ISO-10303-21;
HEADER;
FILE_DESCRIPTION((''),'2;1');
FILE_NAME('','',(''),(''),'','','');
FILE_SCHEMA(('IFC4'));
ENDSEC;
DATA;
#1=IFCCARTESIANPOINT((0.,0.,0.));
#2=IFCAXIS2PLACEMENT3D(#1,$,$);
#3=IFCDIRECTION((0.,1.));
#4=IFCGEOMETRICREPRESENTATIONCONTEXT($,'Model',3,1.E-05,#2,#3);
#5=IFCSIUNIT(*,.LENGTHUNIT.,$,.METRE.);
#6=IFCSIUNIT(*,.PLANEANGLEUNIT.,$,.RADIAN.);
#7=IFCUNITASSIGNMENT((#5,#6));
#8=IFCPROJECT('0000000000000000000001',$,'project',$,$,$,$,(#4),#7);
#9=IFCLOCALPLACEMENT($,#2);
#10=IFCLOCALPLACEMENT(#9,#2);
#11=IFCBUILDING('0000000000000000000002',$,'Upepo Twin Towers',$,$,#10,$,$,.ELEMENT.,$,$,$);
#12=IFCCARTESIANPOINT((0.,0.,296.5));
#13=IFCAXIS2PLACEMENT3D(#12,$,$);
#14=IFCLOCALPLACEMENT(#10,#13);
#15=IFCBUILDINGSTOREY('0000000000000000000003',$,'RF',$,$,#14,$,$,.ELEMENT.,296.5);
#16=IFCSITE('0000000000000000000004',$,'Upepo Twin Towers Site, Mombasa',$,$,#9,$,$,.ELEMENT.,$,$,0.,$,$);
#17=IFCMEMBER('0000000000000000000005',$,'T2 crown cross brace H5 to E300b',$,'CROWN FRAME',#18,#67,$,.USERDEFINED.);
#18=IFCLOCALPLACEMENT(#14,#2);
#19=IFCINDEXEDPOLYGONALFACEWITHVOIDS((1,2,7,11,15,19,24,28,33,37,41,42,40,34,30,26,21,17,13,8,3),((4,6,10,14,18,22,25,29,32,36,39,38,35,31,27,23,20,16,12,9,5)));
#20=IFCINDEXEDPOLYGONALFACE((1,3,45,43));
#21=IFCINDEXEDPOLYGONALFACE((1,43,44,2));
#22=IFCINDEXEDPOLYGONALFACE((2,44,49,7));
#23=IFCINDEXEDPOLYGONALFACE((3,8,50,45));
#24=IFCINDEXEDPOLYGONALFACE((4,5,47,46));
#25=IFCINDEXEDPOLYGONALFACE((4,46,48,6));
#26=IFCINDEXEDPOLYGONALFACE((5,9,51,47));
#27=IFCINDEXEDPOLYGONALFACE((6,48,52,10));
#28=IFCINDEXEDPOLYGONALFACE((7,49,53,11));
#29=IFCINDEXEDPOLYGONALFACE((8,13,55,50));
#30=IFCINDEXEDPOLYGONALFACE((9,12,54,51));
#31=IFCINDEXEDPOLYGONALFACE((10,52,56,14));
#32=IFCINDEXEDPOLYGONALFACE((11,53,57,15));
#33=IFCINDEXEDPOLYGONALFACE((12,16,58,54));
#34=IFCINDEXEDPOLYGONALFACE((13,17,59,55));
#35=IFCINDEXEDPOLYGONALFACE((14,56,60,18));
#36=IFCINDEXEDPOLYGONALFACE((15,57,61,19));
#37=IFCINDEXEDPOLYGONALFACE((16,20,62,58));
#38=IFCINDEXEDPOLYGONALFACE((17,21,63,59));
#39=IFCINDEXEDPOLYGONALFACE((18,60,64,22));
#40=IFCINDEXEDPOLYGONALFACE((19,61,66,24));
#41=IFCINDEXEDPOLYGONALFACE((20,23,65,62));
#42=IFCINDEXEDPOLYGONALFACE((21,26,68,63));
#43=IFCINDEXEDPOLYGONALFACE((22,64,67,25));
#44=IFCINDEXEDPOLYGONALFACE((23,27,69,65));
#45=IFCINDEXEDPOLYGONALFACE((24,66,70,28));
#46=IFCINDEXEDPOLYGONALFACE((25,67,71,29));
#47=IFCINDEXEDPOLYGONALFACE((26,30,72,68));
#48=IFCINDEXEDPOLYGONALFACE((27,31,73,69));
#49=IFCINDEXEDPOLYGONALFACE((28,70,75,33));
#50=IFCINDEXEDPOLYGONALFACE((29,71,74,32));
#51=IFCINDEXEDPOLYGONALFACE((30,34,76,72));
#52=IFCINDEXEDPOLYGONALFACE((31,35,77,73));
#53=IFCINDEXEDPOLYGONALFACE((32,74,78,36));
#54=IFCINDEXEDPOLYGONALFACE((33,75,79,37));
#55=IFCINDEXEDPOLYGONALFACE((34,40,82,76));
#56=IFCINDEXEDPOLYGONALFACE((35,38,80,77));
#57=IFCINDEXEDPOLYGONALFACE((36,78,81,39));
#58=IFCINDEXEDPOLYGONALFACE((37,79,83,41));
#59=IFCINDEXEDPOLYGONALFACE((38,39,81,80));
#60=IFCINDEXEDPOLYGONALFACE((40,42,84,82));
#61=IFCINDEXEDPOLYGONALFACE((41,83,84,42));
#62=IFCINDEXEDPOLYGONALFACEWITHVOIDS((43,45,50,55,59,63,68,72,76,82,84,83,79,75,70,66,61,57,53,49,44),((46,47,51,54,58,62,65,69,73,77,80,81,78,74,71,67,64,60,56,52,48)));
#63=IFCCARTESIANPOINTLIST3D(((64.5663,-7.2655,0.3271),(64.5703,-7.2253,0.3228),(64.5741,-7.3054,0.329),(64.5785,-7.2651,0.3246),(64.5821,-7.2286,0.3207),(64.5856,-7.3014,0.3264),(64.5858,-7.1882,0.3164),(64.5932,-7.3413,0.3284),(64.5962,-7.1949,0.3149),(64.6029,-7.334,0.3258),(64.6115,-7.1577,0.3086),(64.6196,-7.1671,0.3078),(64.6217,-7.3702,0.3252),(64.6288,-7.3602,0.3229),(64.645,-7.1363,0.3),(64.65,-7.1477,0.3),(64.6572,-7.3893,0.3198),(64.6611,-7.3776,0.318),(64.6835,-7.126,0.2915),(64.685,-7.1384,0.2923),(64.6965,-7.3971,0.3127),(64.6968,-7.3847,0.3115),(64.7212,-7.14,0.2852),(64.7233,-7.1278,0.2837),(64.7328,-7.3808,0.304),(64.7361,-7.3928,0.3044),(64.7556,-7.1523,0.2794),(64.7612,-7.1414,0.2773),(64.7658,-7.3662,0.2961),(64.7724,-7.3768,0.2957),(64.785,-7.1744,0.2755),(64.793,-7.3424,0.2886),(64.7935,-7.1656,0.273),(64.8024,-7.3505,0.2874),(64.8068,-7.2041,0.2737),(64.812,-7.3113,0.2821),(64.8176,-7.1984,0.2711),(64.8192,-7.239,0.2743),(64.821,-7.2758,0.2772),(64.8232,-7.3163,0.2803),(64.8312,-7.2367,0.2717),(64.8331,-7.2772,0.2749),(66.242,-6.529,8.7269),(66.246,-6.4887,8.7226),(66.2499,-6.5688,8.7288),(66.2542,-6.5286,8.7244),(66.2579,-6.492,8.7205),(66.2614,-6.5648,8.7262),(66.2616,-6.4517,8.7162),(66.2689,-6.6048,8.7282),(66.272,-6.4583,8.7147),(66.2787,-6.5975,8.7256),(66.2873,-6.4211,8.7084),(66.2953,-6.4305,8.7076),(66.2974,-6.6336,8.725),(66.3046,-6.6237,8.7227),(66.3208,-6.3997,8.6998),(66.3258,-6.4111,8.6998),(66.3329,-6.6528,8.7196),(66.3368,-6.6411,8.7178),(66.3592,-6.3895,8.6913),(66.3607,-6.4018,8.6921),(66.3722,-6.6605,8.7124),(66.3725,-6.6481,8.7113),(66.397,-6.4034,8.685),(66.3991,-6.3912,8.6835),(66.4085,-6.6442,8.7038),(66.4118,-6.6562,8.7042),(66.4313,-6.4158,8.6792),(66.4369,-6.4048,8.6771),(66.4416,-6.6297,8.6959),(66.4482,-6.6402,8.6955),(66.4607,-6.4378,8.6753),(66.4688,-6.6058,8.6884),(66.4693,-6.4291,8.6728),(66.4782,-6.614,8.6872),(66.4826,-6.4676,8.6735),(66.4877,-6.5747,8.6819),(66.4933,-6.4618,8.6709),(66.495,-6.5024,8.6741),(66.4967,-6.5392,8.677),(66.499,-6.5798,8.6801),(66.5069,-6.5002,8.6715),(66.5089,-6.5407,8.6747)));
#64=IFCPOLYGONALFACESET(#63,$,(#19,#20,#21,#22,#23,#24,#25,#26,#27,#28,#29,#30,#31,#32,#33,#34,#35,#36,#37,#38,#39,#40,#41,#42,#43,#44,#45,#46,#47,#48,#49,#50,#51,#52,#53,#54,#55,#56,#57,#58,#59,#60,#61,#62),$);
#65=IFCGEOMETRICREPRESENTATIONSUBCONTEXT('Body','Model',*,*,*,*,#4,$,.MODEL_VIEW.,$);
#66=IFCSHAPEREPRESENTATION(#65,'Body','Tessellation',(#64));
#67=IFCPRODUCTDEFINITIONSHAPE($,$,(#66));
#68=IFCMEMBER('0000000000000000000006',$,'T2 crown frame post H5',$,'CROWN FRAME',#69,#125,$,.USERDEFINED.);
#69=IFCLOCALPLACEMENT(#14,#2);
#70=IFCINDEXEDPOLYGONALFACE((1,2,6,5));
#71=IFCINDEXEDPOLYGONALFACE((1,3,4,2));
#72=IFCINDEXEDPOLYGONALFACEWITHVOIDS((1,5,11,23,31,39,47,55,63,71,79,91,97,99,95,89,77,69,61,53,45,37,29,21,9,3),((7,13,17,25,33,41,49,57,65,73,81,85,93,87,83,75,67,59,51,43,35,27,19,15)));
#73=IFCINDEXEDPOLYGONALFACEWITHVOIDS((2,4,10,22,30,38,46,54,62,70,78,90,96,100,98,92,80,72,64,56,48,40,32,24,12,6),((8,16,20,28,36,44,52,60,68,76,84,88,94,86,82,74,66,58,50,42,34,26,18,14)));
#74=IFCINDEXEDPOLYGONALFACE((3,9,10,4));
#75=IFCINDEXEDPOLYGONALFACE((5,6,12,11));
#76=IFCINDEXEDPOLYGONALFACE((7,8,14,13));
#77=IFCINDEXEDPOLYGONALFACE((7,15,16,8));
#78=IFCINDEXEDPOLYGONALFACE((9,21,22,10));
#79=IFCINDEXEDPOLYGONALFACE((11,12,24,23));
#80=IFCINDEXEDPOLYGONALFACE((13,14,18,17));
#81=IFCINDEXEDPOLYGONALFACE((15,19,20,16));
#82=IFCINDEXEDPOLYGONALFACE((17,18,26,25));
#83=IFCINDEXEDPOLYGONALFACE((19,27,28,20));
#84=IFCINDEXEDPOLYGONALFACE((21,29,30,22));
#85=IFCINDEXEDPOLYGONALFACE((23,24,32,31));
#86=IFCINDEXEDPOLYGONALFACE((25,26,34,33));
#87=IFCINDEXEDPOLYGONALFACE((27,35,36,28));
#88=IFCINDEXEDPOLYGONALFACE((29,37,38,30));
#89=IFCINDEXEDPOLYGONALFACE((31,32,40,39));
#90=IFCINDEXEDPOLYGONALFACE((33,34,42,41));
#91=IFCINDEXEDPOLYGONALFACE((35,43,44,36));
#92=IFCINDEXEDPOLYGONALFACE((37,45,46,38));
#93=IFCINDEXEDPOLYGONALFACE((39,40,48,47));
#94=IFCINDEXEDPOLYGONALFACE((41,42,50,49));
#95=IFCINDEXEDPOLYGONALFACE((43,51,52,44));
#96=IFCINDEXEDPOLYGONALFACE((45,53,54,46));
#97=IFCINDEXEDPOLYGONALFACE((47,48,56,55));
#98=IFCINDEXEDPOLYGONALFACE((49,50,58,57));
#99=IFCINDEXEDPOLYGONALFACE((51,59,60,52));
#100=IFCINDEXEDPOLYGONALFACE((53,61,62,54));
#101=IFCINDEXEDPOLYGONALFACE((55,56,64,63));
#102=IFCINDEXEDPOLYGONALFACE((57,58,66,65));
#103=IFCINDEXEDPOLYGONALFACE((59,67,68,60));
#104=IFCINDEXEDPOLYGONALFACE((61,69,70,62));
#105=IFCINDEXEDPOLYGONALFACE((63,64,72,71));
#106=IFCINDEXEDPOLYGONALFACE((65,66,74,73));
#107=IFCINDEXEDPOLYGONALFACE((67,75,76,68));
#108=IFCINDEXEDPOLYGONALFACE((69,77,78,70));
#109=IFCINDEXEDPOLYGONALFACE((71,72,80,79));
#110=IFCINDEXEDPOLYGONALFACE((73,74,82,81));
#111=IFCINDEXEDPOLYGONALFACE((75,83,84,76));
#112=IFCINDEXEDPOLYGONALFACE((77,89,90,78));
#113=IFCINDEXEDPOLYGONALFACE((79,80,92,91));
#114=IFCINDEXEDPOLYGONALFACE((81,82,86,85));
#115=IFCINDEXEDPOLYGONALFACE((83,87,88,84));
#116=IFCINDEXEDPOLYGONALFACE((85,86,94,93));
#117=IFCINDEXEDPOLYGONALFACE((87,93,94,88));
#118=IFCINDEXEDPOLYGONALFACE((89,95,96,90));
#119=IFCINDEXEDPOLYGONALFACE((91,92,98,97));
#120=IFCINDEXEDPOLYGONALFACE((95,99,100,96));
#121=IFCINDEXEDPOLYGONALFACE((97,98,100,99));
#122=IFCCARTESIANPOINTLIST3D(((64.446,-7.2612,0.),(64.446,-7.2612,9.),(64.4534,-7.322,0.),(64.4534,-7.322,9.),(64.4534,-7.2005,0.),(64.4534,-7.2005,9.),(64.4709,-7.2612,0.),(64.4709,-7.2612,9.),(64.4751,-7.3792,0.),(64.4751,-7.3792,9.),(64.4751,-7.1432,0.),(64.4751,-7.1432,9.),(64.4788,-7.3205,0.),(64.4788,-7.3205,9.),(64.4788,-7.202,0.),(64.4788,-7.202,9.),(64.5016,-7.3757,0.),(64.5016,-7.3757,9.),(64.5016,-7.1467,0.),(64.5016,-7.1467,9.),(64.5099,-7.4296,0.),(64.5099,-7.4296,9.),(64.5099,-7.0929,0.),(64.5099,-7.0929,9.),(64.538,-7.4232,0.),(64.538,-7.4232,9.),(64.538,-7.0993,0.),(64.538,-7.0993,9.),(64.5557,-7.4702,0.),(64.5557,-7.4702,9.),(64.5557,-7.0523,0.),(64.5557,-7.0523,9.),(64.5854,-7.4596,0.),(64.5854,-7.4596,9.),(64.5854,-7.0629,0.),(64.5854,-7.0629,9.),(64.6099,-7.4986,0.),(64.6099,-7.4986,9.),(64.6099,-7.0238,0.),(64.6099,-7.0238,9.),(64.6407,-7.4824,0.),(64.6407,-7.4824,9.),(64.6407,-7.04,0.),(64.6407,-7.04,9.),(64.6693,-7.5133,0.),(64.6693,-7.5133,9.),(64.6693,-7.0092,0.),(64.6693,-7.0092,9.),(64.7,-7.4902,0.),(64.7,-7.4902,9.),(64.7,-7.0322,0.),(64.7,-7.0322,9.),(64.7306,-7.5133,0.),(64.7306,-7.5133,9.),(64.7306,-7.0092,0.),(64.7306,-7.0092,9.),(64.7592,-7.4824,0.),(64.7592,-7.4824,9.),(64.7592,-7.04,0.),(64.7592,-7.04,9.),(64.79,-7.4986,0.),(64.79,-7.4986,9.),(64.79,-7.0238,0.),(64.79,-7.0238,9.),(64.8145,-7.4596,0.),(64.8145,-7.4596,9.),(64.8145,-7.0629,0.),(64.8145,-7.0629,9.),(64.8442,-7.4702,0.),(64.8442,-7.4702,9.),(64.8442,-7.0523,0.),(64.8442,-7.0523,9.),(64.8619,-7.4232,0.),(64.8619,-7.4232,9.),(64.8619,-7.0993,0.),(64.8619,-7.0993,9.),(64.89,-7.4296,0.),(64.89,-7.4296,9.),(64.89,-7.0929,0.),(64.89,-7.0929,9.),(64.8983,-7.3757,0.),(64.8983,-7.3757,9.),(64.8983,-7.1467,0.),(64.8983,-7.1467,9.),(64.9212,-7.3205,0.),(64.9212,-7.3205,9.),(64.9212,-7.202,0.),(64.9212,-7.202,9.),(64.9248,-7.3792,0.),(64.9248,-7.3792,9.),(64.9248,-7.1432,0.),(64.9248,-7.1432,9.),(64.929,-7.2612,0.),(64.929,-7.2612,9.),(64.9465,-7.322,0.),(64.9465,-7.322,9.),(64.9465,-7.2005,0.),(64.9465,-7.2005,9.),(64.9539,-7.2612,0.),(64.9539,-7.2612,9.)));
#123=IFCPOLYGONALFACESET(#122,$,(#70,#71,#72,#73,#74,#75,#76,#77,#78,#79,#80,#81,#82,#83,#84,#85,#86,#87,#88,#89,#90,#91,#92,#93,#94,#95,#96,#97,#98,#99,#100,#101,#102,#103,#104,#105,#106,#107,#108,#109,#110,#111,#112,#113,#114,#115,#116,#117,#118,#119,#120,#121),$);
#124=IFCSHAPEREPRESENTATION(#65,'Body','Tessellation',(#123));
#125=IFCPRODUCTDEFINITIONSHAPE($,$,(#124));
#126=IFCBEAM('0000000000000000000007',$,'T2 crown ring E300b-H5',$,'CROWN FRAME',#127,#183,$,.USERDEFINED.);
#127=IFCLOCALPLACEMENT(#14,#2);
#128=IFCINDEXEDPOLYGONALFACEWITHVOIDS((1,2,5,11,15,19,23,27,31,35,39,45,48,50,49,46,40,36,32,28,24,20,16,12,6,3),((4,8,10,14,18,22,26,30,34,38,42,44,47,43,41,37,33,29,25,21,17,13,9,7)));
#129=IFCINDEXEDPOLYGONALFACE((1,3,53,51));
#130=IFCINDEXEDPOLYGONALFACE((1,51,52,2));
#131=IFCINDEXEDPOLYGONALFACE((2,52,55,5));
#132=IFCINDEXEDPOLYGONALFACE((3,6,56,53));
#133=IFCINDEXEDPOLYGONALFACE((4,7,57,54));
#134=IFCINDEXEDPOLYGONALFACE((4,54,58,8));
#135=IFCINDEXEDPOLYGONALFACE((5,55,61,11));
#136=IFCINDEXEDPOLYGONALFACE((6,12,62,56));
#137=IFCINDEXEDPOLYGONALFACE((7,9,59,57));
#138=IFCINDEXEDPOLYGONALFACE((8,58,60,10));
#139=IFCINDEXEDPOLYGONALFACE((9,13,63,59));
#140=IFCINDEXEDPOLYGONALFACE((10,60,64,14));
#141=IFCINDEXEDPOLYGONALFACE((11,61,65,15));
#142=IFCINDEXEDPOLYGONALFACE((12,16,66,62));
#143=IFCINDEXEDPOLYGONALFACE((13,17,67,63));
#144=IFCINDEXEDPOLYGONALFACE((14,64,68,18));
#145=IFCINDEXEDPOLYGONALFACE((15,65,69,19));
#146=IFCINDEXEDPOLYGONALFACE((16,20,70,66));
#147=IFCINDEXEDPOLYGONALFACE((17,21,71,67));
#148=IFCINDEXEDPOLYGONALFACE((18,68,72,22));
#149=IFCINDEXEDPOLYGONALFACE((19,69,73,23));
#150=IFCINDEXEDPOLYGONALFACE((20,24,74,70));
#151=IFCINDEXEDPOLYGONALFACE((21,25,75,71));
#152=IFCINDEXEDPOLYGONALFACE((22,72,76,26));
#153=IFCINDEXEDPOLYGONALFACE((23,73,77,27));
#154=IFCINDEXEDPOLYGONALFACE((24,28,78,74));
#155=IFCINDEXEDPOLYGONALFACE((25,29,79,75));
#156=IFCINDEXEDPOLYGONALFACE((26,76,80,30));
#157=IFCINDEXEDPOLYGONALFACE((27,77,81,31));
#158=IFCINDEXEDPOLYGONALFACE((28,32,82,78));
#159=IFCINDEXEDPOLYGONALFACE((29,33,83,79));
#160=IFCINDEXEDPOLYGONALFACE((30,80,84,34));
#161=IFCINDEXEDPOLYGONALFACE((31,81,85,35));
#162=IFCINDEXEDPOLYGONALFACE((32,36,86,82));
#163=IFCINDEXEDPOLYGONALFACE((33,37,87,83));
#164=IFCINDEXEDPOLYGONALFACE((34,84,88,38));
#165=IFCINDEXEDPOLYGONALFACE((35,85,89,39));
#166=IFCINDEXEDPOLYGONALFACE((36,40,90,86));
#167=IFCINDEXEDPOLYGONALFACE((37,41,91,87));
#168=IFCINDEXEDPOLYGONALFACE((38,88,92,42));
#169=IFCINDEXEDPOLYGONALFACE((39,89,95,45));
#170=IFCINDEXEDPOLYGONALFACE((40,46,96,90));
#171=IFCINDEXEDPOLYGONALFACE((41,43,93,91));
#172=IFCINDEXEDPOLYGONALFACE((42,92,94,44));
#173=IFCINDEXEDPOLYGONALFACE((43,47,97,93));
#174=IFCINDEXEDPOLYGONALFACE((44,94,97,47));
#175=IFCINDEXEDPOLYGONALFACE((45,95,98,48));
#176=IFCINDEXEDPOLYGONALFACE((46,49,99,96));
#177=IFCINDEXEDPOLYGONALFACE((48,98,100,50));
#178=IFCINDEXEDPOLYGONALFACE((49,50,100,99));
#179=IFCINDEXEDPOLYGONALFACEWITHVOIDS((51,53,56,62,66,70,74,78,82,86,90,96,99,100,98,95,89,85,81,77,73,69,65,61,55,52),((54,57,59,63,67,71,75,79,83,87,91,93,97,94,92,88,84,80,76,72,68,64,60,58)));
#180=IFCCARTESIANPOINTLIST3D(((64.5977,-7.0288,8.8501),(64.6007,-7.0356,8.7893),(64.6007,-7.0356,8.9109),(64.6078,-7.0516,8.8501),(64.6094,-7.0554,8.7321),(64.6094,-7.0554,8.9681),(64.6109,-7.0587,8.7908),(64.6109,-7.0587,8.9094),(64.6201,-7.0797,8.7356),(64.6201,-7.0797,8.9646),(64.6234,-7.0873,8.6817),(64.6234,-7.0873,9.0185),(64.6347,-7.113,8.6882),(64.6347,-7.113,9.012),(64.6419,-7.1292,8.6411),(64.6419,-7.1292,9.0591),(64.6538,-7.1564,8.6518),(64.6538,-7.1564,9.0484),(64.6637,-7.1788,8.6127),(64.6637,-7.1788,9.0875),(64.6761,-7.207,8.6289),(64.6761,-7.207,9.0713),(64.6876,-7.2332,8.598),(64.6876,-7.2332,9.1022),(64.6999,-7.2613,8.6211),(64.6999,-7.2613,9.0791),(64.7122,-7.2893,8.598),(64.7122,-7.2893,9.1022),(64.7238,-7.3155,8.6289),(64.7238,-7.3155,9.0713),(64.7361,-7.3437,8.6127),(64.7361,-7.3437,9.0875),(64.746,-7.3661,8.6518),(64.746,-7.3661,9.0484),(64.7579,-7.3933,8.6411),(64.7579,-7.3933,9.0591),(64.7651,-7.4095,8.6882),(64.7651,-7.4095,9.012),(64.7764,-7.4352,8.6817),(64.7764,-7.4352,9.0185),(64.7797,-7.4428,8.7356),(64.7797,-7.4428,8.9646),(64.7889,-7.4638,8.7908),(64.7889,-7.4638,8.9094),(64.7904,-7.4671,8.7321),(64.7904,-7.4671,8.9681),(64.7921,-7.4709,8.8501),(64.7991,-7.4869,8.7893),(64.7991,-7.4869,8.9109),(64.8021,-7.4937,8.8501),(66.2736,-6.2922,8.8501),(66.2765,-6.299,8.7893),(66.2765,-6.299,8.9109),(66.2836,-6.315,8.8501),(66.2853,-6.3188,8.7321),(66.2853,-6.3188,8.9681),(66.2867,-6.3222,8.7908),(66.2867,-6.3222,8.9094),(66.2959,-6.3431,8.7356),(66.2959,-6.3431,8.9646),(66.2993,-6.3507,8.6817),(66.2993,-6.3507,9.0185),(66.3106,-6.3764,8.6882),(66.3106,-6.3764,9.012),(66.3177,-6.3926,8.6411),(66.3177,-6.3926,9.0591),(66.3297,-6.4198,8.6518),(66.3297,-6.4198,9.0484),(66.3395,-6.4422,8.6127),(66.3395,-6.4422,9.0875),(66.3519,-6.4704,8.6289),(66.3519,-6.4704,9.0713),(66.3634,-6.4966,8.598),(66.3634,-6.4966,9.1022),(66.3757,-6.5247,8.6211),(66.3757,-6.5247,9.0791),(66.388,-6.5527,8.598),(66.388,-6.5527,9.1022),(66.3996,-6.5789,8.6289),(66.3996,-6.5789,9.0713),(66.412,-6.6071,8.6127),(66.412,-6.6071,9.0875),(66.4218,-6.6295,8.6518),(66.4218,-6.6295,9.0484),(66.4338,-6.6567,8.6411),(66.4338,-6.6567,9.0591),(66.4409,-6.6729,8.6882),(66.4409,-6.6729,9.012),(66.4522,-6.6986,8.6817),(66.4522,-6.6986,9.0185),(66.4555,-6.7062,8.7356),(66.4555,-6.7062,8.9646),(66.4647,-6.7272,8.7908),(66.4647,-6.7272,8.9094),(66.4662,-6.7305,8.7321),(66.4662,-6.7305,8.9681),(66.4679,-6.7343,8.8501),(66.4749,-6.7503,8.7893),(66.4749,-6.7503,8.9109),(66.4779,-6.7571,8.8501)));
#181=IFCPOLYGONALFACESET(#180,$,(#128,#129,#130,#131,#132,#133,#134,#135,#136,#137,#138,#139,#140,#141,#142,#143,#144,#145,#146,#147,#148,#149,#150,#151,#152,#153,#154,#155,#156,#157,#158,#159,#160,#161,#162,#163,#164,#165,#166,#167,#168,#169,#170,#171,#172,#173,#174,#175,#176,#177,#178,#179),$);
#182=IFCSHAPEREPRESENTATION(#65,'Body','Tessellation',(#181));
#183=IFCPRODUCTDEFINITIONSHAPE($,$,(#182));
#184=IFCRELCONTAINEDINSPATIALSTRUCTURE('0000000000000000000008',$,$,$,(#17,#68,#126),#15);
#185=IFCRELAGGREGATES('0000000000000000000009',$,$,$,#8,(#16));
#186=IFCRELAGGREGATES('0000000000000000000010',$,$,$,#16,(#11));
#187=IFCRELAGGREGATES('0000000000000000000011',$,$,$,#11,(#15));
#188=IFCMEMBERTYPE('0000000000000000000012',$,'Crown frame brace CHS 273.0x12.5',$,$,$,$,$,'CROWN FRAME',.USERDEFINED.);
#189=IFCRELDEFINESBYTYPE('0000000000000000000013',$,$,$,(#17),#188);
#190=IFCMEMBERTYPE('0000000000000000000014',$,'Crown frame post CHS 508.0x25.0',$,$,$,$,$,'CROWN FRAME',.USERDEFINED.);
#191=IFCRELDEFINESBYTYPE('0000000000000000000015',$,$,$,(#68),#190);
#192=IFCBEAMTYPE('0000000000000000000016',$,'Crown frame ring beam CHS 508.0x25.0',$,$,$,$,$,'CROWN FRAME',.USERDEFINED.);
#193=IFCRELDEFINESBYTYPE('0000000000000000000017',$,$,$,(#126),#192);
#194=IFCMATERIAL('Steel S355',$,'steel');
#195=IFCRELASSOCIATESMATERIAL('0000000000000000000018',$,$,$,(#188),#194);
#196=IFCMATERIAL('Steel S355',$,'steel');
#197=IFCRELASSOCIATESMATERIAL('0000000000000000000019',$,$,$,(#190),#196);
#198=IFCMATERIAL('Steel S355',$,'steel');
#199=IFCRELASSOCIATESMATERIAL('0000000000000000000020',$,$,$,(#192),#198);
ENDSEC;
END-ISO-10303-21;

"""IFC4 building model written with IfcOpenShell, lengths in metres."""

from ifc_helpers import new_model, si_unit, direction, frame, origin, origin_2d, place, context, subcontext, project, spatial, hollow_circle, extrude, material, material_profile, profile_set, type_object, element, save


model = new_model("IFC4")

# Units and contexts
model_context = context("Model", 3, precision=1e-05, world=origin(), true_north=direction((0.0, 1.0)))
body_context = subcontext(model_context, "Body", "Model", "MODEL_VIEW")
ifc_project = project(units=[si_unit("LENGTHUNIT", "METRE"), si_unit("PLANEANGLEUNIT", "RADIAN")], contexts=[model_context])

# Site, building, storey
site_placement = place(None, origin())
site = spatial("IfcSite", under=ifc_project, at=site_placement, Name="Upepo Twin Towers Site, Mombasa", CompositionType="ELEMENT", RefElevation=0.0)
building_placement = place(site_placement, origin())
building = spatial("IfcBuilding", under=site, at=building_placement, Name="Upepo Twin Towers", CompositionType="ELEMENT")
storey_placement = place(building_placement, frame((0.0, 0.0, 296.5)))
storey = spatial("IfcBuildingStorey", under=building, at=storey_placement, Name="RF", CompositionType="ELEMENT", Elevation=296.5)

# Members
ifc_material_1 = material(Name="Steel S355", Category="steel")
ifc_material_profile_1 = material_profile(ifc_material_1, hollow_circle(Radius=0.1365, WallThickness=0.0125, at=origin_2d()), Name="CHS 273.0x12.5")
ifc_profile_set_1 = profile_set([ifc_material_profile_1], Name="Steel S355")
member_type_1 = type_object("IfcMemberType", Name="Crown frame brace CHS 273.0x12.5", ElementType="CROWN FRAME", PredefinedType="USERDEFINED", material=ifc_profile_set_1)
for number, where, z_axis, x_axis, name in (
    (1, (64.7, -7.2612, 0.3), (0.194925, 0.085677, 0.977069), (-0.402385, 0.91547, 0.0), "T2 crown cross brace H5 to E300b"),
):
    element("IfcMember", number, at=place(storey_placement, frame(where, z_axis=z_axis, x_axis=x_axis)), inside=storey, type_object=member_type_1, Name=name, ObjectType="CROWN FRAME", PredefinedType="USERDEFINED", context=body_context, shape_type="SweptSolid", body=[
        extrude(hollow_circle(Radius=0.1365, WallThickness=0.0125, at=origin_2d()), origin(), (0.0, 0.0, 1.0), 8.5969),
    ])
ifc_material_2 = material(Name="Steel S355", Category="steel")
ifc_material_profile_2 = material_profile(ifc_material_2, hollow_circle(Radius=0.2539, WallThickness=0.0249, at=origin_2d()), Name="CHS 508.0x25.0")
ifc_profile_set_2 = profile_set([ifc_material_profile_2], Name="Steel S355")
member_type_2 = type_object("IfcMemberType", Name="Crown frame post CHS 508.0x25.0", ElementType="CROWN FRAME", PredefinedType="USERDEFINED", material=ifc_profile_set_2)
member_1_placement = place(storey_placement, frame((64.7, -7.2612, 0.0), z_axis=(0.0, 0.0, 1.0), x_axis=(1.0, 0.0, 0.0)))
element("IfcMember", 2, at=member_1_placement, inside=storey, type_object=member_type_2, Name="T2 crown frame post H5", ObjectType="CROWN FRAME", PredefinedType="USERDEFINED", context=body_context, shape_type="SweptSolid", body=[
    extrude(hollow_circle(Radius=0.2539, WallThickness=0.0249, at=origin_2d()), origin(), (0.0, 0.0, 1.0), 9.0),
])

# Beam
ifc_material_3 = material(Name="Steel S355", Category="steel")
ifc_material_profile_3 = material_profile(ifc_material_3, hollow_circle(Radius=0.2539, WallThickness=0.0249, at=origin_2d()), Name="CHS 508.0x25.0")
ifc_profile_set_3 = profile_set([ifc_material_profile_3], Name="Steel S355")
beam_type = type_object("IfcBeamType", Name="Crown frame ring beam CHS 508.0x25.0", ElementType="CROWN FRAME", PredefinedType="USERDEFINED", material=ifc_profile_set_3)
beam_1_placement = place(storey_placement, frame((66.3757, -6.5247, 8.8501), z_axis=(-0.91547, -0.402385, 0.0), x_axis=(0.402385, -0.91547, 0.0)))
element("IfcBeam", 3, at=beam_1_placement, inside=storey, type_object=beam_type, Name="T2 crown ring E300b-H5", ObjectType="CROWN FRAME", PredefinedType="USERDEFINED", context=body_context, shape_type="SweptSolid", body=[
    extrude(hollow_circle(Radius=0.2539, WallThickness=0.0249, at=origin_2d()), origin(), (0.0, 0.0, 1.0), 1.8306),
])

save(model, "model.ifc")
